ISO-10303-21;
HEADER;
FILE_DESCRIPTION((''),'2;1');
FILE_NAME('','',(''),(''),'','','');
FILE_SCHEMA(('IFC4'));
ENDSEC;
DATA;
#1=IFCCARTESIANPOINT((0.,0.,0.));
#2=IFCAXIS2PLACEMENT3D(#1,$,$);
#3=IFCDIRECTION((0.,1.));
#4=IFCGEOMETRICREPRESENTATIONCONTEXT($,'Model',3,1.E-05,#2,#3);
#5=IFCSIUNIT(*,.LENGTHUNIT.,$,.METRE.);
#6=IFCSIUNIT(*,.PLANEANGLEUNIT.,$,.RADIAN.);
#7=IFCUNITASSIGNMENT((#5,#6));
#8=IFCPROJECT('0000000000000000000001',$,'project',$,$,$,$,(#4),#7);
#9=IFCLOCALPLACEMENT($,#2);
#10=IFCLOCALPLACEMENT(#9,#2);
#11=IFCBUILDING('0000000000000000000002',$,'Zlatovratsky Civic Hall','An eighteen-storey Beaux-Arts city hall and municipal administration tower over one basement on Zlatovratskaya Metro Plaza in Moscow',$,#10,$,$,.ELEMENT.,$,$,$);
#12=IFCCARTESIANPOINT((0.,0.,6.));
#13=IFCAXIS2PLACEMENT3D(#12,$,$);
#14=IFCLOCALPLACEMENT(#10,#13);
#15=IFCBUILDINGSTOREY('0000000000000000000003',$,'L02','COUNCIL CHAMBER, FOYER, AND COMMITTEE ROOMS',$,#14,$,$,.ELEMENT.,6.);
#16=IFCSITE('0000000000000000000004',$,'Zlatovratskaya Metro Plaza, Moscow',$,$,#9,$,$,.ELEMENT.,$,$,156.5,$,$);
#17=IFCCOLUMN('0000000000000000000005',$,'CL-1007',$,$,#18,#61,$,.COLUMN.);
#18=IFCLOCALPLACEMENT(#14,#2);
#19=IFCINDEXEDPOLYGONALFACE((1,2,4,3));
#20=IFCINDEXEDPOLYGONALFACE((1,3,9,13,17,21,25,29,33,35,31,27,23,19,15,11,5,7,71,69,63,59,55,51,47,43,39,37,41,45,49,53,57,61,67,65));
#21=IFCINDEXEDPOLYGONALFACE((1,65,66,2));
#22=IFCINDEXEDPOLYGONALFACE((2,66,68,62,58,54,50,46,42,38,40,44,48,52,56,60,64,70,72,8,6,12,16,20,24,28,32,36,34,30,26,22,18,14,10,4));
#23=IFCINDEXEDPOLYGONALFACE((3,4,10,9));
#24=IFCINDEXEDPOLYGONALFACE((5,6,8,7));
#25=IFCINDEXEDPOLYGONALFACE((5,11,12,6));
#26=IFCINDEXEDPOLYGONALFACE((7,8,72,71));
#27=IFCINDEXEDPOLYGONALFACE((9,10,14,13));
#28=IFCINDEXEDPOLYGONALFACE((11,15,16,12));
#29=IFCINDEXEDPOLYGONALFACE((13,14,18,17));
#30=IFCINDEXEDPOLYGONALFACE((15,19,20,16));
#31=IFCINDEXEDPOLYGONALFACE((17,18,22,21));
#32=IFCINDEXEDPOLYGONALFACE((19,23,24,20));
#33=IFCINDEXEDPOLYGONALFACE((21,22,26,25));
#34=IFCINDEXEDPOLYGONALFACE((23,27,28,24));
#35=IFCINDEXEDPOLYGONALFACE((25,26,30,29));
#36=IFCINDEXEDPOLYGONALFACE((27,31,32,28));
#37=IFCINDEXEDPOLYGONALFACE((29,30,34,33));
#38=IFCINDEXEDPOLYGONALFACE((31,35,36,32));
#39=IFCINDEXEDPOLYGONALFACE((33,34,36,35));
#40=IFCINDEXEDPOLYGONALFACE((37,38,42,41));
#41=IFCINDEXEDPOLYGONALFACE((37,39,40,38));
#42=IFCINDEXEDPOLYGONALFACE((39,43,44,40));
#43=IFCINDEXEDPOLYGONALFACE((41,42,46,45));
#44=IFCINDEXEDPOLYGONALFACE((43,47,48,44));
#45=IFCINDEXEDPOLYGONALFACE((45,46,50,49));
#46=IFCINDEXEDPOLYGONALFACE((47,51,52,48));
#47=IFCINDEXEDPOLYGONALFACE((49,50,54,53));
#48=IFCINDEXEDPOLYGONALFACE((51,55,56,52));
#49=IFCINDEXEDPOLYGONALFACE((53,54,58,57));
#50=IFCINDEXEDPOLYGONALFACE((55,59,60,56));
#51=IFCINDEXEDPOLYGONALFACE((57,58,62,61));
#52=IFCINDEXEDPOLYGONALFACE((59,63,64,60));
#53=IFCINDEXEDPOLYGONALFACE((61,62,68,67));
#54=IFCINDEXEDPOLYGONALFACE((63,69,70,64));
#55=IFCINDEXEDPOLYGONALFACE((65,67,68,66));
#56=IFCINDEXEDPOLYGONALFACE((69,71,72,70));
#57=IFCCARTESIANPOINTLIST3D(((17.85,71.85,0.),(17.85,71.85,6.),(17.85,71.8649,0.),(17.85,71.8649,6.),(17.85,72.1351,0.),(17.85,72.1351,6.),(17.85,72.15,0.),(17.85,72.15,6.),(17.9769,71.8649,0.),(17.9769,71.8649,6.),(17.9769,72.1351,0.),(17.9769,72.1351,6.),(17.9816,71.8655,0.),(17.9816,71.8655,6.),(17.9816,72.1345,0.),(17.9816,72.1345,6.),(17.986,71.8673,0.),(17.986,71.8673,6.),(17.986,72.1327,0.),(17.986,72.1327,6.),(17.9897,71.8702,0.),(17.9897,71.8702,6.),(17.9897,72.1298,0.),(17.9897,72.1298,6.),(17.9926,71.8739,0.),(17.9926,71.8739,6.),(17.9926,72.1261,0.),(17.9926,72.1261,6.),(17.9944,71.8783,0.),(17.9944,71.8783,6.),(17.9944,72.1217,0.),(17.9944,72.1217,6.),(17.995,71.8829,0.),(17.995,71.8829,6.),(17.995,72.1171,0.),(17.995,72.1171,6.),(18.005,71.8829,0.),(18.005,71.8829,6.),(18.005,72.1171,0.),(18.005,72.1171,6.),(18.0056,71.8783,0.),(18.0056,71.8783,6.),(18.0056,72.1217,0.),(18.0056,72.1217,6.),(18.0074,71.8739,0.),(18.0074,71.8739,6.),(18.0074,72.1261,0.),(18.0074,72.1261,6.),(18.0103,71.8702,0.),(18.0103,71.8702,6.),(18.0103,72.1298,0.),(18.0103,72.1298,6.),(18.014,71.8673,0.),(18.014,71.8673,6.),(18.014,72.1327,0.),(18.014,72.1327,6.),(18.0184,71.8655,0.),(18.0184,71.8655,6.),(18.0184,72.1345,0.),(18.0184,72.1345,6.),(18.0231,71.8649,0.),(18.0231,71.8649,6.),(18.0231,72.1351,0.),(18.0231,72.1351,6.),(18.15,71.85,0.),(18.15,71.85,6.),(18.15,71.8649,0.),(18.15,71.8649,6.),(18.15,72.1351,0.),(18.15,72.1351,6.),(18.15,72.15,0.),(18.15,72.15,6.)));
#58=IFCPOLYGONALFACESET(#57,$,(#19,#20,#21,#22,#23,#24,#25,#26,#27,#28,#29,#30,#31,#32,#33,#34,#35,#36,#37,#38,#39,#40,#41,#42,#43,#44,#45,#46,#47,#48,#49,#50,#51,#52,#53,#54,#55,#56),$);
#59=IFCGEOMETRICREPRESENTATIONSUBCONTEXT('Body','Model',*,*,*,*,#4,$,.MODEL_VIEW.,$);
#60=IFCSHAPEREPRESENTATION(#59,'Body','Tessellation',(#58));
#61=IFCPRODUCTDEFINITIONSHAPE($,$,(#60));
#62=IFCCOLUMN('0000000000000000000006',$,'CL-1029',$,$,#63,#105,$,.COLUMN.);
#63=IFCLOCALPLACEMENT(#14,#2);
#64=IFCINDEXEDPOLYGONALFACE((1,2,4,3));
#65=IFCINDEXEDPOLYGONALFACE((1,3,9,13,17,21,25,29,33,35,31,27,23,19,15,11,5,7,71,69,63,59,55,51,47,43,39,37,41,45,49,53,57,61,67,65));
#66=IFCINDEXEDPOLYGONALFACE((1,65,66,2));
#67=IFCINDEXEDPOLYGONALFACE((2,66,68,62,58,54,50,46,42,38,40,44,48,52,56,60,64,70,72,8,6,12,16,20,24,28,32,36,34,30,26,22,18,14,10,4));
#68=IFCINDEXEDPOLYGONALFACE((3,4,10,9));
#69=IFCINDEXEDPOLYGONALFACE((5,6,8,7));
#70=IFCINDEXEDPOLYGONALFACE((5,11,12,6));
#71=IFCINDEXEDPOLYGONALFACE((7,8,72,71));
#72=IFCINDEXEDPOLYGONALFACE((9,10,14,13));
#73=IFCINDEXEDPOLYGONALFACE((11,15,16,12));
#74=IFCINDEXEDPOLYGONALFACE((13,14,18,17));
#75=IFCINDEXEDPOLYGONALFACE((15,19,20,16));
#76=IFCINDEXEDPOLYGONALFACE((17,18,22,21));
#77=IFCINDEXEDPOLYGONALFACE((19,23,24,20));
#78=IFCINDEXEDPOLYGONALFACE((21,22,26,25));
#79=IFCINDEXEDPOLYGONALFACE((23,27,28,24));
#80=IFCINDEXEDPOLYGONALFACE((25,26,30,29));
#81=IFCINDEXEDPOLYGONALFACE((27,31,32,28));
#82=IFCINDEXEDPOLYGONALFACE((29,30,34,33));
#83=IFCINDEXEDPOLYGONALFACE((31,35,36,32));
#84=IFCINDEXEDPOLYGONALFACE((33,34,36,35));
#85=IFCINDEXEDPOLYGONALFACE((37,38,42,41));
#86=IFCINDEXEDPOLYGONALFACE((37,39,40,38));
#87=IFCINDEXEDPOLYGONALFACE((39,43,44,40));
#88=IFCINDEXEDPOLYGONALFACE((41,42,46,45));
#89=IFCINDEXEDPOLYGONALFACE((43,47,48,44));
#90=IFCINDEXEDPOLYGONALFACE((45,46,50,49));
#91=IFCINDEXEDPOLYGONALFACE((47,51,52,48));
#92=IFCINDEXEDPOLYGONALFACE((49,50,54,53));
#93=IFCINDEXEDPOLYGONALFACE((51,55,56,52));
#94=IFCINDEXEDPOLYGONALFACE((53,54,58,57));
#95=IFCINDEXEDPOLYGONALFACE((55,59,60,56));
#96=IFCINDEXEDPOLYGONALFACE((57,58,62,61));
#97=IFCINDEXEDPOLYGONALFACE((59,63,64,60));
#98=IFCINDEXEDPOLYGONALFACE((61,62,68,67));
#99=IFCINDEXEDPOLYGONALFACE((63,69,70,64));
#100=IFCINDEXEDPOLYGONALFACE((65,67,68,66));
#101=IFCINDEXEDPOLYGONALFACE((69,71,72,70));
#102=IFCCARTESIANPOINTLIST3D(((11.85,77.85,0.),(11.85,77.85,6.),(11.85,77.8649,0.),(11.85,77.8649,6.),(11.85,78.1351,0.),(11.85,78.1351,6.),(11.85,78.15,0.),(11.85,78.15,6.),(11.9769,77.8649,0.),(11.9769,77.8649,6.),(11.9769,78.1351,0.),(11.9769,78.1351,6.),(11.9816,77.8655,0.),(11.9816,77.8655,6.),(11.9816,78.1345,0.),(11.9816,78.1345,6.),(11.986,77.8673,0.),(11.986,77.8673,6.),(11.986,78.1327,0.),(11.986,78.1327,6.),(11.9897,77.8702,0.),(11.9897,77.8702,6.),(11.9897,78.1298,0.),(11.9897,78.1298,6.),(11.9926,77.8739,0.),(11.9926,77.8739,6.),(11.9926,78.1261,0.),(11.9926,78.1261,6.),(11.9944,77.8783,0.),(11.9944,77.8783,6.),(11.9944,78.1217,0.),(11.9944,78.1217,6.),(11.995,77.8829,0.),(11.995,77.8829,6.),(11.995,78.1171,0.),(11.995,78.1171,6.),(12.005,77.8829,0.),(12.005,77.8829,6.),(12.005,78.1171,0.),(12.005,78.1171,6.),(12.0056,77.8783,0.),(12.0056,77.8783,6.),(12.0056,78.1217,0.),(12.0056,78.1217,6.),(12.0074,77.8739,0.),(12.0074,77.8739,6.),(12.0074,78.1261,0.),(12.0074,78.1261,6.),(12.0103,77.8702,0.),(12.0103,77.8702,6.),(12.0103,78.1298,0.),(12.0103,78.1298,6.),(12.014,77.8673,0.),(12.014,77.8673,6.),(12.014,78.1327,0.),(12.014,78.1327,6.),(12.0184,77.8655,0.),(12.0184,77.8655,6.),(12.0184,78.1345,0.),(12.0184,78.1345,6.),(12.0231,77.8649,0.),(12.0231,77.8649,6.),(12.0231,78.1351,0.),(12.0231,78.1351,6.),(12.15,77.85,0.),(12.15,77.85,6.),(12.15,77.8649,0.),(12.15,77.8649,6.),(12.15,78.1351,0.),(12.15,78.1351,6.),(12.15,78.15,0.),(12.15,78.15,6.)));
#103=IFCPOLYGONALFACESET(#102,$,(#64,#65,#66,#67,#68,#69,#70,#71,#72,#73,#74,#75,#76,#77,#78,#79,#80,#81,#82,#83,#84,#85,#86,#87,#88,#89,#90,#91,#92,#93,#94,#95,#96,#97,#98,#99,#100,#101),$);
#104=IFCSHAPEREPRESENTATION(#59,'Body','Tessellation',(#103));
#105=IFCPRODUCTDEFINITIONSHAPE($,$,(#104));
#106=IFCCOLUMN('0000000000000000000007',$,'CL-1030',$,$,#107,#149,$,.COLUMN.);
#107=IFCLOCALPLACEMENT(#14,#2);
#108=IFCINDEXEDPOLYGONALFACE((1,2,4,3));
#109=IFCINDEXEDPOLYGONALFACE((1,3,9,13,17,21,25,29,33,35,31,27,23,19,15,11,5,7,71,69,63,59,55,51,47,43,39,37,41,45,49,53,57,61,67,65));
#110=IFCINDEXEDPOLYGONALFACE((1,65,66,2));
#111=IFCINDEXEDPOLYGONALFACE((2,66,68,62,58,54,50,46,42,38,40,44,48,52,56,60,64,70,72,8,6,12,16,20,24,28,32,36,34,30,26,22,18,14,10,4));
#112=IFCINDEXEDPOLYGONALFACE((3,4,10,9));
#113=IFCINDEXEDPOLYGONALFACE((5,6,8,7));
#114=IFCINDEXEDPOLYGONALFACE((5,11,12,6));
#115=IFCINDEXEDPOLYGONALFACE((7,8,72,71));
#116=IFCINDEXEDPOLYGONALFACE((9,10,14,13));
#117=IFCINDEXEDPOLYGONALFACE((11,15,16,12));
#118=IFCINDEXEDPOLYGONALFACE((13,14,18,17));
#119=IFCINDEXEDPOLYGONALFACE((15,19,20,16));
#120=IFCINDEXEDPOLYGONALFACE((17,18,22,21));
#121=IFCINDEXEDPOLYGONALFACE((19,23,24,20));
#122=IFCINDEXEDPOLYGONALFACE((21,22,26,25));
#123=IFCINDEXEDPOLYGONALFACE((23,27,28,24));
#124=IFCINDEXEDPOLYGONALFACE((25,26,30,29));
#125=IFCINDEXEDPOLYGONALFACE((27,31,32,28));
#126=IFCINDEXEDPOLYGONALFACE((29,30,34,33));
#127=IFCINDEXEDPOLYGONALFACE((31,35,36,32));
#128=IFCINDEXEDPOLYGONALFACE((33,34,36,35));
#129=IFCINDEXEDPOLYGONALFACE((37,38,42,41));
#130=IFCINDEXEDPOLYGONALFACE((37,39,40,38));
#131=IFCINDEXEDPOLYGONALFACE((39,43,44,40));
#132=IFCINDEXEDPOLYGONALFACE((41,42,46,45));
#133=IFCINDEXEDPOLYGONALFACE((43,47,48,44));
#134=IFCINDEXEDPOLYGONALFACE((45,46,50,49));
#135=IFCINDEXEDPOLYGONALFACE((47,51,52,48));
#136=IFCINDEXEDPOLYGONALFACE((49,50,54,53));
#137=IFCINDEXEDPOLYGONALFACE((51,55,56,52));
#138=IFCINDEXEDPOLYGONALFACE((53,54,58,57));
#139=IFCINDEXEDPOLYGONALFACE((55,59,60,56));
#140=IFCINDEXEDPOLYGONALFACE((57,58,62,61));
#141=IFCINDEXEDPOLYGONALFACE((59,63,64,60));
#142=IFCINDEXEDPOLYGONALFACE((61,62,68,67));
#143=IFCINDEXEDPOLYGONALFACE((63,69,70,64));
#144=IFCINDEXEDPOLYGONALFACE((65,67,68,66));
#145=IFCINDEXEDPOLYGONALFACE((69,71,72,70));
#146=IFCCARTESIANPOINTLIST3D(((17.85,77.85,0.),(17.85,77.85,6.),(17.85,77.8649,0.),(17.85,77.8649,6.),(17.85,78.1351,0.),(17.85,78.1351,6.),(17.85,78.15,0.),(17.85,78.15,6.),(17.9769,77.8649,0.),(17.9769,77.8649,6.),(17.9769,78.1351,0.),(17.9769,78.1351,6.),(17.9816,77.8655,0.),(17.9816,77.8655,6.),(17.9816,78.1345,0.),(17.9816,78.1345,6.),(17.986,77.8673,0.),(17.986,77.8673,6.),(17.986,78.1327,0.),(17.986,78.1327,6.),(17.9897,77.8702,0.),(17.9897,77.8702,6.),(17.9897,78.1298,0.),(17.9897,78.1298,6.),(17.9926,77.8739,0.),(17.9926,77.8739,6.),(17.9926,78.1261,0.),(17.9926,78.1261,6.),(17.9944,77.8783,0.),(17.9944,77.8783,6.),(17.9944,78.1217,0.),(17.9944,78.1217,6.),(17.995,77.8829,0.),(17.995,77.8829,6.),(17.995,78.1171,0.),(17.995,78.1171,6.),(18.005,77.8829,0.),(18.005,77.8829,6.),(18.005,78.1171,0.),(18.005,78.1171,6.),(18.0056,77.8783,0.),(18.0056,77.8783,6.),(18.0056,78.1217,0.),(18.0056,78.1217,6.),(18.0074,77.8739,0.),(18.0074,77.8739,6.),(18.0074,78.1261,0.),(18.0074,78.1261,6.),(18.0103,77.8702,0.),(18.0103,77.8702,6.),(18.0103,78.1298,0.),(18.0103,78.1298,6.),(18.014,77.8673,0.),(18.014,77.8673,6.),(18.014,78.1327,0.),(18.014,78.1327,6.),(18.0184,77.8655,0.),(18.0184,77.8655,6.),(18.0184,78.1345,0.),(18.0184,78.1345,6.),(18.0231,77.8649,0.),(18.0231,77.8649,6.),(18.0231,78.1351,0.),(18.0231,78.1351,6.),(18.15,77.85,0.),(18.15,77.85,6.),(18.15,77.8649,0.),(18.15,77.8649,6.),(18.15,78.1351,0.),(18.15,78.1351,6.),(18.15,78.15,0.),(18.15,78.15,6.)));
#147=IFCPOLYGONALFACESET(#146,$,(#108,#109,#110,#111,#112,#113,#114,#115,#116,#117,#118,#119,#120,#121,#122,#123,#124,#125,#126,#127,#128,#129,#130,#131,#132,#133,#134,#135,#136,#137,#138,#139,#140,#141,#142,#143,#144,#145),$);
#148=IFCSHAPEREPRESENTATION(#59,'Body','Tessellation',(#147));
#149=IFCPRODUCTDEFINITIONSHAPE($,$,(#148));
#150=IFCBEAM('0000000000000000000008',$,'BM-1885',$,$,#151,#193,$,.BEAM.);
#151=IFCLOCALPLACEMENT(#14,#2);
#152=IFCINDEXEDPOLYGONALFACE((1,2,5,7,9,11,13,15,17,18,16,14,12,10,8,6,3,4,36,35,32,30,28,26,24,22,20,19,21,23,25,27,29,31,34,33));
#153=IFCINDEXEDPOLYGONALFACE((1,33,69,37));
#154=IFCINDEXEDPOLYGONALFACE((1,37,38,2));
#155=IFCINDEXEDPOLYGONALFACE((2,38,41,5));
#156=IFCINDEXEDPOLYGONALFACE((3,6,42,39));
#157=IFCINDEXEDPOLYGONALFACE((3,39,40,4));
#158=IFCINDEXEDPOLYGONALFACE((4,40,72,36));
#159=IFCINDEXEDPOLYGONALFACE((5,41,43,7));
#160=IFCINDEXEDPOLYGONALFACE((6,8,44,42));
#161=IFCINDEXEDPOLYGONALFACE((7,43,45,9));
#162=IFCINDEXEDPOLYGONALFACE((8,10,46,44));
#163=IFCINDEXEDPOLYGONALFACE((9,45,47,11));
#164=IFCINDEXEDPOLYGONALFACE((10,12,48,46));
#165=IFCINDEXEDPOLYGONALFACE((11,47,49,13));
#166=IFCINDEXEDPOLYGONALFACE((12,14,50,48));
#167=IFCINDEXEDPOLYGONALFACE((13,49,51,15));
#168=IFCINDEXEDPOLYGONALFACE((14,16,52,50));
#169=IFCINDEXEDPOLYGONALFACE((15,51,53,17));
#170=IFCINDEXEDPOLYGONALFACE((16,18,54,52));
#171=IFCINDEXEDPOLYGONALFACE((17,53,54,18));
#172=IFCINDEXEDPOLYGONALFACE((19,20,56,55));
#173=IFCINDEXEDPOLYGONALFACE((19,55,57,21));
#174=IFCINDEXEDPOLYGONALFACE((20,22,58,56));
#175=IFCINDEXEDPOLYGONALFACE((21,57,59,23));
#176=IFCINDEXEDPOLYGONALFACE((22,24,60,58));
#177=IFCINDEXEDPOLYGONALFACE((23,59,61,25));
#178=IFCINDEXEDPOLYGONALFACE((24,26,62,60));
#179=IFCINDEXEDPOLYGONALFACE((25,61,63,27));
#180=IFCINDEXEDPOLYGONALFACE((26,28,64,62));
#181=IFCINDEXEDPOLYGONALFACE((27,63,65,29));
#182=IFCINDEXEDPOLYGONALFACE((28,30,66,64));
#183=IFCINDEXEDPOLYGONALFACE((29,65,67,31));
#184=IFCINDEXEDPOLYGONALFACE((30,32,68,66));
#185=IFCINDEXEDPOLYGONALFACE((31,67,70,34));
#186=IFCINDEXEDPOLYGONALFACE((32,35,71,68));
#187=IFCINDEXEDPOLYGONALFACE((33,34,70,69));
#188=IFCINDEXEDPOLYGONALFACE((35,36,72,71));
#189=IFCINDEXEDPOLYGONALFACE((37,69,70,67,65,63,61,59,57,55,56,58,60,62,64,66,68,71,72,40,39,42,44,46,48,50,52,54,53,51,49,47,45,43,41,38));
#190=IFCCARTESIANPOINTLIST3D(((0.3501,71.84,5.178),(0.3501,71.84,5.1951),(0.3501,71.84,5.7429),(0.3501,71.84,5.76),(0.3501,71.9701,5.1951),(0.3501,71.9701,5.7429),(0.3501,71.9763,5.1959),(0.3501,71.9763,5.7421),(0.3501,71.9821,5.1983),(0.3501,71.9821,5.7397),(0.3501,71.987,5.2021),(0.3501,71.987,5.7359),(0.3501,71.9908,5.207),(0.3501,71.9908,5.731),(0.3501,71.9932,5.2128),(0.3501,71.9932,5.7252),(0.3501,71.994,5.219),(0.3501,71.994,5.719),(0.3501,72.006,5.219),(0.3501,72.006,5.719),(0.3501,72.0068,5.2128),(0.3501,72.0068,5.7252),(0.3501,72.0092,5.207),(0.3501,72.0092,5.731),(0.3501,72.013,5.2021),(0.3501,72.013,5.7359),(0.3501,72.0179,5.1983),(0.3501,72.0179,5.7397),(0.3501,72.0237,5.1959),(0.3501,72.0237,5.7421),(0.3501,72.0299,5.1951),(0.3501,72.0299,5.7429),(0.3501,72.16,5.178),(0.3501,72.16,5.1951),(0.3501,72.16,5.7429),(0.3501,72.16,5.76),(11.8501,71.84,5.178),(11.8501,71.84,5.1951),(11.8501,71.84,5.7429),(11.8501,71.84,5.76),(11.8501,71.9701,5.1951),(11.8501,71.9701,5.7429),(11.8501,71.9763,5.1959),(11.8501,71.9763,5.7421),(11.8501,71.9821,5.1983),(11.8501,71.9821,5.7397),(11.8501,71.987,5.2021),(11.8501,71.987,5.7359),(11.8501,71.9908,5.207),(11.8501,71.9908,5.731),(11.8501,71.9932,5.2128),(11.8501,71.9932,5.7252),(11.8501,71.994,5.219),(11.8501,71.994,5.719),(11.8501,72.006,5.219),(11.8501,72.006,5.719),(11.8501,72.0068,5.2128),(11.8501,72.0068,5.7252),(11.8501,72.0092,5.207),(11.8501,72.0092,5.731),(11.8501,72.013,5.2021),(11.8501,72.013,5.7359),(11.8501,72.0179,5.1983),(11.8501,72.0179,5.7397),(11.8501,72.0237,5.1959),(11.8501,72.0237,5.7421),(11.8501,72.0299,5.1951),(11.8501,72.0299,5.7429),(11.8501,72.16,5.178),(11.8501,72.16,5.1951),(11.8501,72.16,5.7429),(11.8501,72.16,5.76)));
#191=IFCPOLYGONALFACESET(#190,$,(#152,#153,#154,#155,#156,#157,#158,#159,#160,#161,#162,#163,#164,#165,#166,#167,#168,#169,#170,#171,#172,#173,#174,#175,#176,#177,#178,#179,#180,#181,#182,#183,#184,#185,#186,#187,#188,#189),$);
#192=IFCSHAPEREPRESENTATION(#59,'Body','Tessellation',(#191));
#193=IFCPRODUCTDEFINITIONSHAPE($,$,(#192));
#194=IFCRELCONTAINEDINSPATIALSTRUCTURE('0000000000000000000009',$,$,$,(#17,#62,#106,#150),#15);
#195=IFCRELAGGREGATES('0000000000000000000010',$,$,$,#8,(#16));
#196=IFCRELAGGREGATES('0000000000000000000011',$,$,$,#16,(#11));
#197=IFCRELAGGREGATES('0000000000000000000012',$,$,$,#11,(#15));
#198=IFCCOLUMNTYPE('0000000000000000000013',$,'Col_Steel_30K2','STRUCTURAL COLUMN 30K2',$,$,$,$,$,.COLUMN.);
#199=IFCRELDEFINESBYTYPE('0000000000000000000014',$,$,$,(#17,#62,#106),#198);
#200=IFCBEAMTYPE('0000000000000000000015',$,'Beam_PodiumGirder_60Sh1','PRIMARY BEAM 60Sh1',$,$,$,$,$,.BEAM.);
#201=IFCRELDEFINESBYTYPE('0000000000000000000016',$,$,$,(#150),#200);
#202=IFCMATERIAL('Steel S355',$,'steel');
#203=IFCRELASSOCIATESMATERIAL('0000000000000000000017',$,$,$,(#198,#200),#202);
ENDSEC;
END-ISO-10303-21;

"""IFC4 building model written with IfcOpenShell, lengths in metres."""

from ifc_helpers import new_model, si_unit, direction, frame, origin, origin_2d, place, context, subcontext, project, spatial, i_section, extrude, material, material_profile, profile_set, type_object, element, save


model = new_model("IFC4")

# Units and contexts
model_context = context("Model", 3, precision=1e-05, world=origin(), true_north=direction((0.0, 1.0)))
body_context = subcontext(model_context, "Body", "Model", "MODEL_VIEW")
ifc_project = project(units=[si_unit("LENGTHUNIT", "METRE"), si_unit("PLANEANGLEUNIT", "RADIAN")], contexts=[model_context])

# Site, building, storey
site_placement = place(None, origin())
site = spatial("IfcSite", under=ifc_project, at=site_placement, Name="Zlatovratskaya Metro Plaza, Moscow", CompositionType="ELEMENT", RefElevation=156.5)
building_placement = place(site_placement, origin())
building = spatial("IfcBuilding", under=site, at=building_placement, Name="Zlatovratsky Civic Hall", Description="An eighteen-storey Beaux-Arts city hall and municipal administration tower over one basement on Zlatovratskaya Metro Plaza in Moscow", CompositionType="ELEMENT")
storey_placement = place(building_placement, frame((0.0, 0.0, 6.0)))
storey = spatial("IfcBuildingStorey", under=building, at=storey_placement, Name="L02", Description="COUNCIL CHAMBER, FOYER, AND COMMITTEE ROOMS", CompositionType="ELEMENT", Elevation=6.0)

# Columns
ifc_material_1 = material(Name="Steel S355", Category="steel")
ifc_material_profile_1 = material_profile(ifc_material_1, i_section(OverallWidth=0.3, OverallDepth=0.3, WebThickness=0.01, FlangeThickness=0.0149, FilletRadius=0.0181, at=origin_2d()), Name="30K2")
ifc_profile_set_1 = profile_set([ifc_material_profile_1], Name="Steel S355")
column_type_1 = type_object("IfcColumnType", Name="Col_Steel_30K2", Description="STRUCTURAL COLUMN 30K2", PredefinedType="COLUMN", material=ifc_profile_set_1)
for number, where, z_axis, x_axis, name in (
    (1, (18.0, 72.0, 0.0), (0.0, 0.0, 1.0), (1.0, 0.0, 0.0), "CL-1007"),
    (2, (12.0, 78.0, 0.0), (0.0, 0.0, 1.0), (1.0, 0.0, 0.0), "CL-1029"),
    (3, (18.0, 78.0, 0.0), (0.0, 0.0, 1.0), (1.0, 0.0, 0.0), "CL-1030"),
):
    element("IfcColumn", number, at=place(storey_placement, frame(where, z_axis=z_axis, x_axis=x_axis)), inside=storey, type_object=column_type_1, Name=name, PredefinedType="COLUMN", context=body_context, shape_type="SweptSolid", body=[
        extrude(i_section(OverallWidth=0.3, OverallDepth=0.3, WebThickness=0.01, FlangeThickness=0.0149, FilletRadius=0.0181, at=origin_2d()), origin(), (0.0, 0.0, 1.0), 6.0),
    ])

# Beam
ifc_material_profile_2 = material_profile(ifc_material_1, i_section(OverallWidth=0.3201, OverallDepth=0.582, WebThickness=0.012, FlangeThickness=0.0171, FilletRadius=0.0239, at=origin_2d()), Name="60Sh1")
ifc_profile_set_2 = profile_set([ifc_material_profile_2], Name="Steel S355")
beam_type_1 = type_object("IfcBeamType", Name="Beam_PodiumGirder_60Sh1", Description="PRIMARY BEAM 60Sh1", PredefinedType="BEAM", material=ifc_profile_set_2)
for number, where, z_axis, x_axis, name in (
    (4, (0.3501, 72.0, 5.469), (1.0, 0.0, 0.0), (0.0, 1.0, 0.0), "BM-1885"),
):
    element("IfcBeam", number, at=place(storey_placement, frame(where, z_axis=z_axis, x_axis=x_axis)), inside=storey, type_object=beam_type_1, Name=name, PredefinedType="BEAM", context=body_context, shape_type="SweptSolid", body=[
        extrude(i_section(OverallWidth=0.3201, OverallDepth=0.582, WebThickness=0.012, FlangeThickness=0.0171, FilletRadius=0.0239, at=origin_2d()), origin(), (0.0, 0.0, 1.0), 11.5),
    ])

save(model, "model.ifc")
